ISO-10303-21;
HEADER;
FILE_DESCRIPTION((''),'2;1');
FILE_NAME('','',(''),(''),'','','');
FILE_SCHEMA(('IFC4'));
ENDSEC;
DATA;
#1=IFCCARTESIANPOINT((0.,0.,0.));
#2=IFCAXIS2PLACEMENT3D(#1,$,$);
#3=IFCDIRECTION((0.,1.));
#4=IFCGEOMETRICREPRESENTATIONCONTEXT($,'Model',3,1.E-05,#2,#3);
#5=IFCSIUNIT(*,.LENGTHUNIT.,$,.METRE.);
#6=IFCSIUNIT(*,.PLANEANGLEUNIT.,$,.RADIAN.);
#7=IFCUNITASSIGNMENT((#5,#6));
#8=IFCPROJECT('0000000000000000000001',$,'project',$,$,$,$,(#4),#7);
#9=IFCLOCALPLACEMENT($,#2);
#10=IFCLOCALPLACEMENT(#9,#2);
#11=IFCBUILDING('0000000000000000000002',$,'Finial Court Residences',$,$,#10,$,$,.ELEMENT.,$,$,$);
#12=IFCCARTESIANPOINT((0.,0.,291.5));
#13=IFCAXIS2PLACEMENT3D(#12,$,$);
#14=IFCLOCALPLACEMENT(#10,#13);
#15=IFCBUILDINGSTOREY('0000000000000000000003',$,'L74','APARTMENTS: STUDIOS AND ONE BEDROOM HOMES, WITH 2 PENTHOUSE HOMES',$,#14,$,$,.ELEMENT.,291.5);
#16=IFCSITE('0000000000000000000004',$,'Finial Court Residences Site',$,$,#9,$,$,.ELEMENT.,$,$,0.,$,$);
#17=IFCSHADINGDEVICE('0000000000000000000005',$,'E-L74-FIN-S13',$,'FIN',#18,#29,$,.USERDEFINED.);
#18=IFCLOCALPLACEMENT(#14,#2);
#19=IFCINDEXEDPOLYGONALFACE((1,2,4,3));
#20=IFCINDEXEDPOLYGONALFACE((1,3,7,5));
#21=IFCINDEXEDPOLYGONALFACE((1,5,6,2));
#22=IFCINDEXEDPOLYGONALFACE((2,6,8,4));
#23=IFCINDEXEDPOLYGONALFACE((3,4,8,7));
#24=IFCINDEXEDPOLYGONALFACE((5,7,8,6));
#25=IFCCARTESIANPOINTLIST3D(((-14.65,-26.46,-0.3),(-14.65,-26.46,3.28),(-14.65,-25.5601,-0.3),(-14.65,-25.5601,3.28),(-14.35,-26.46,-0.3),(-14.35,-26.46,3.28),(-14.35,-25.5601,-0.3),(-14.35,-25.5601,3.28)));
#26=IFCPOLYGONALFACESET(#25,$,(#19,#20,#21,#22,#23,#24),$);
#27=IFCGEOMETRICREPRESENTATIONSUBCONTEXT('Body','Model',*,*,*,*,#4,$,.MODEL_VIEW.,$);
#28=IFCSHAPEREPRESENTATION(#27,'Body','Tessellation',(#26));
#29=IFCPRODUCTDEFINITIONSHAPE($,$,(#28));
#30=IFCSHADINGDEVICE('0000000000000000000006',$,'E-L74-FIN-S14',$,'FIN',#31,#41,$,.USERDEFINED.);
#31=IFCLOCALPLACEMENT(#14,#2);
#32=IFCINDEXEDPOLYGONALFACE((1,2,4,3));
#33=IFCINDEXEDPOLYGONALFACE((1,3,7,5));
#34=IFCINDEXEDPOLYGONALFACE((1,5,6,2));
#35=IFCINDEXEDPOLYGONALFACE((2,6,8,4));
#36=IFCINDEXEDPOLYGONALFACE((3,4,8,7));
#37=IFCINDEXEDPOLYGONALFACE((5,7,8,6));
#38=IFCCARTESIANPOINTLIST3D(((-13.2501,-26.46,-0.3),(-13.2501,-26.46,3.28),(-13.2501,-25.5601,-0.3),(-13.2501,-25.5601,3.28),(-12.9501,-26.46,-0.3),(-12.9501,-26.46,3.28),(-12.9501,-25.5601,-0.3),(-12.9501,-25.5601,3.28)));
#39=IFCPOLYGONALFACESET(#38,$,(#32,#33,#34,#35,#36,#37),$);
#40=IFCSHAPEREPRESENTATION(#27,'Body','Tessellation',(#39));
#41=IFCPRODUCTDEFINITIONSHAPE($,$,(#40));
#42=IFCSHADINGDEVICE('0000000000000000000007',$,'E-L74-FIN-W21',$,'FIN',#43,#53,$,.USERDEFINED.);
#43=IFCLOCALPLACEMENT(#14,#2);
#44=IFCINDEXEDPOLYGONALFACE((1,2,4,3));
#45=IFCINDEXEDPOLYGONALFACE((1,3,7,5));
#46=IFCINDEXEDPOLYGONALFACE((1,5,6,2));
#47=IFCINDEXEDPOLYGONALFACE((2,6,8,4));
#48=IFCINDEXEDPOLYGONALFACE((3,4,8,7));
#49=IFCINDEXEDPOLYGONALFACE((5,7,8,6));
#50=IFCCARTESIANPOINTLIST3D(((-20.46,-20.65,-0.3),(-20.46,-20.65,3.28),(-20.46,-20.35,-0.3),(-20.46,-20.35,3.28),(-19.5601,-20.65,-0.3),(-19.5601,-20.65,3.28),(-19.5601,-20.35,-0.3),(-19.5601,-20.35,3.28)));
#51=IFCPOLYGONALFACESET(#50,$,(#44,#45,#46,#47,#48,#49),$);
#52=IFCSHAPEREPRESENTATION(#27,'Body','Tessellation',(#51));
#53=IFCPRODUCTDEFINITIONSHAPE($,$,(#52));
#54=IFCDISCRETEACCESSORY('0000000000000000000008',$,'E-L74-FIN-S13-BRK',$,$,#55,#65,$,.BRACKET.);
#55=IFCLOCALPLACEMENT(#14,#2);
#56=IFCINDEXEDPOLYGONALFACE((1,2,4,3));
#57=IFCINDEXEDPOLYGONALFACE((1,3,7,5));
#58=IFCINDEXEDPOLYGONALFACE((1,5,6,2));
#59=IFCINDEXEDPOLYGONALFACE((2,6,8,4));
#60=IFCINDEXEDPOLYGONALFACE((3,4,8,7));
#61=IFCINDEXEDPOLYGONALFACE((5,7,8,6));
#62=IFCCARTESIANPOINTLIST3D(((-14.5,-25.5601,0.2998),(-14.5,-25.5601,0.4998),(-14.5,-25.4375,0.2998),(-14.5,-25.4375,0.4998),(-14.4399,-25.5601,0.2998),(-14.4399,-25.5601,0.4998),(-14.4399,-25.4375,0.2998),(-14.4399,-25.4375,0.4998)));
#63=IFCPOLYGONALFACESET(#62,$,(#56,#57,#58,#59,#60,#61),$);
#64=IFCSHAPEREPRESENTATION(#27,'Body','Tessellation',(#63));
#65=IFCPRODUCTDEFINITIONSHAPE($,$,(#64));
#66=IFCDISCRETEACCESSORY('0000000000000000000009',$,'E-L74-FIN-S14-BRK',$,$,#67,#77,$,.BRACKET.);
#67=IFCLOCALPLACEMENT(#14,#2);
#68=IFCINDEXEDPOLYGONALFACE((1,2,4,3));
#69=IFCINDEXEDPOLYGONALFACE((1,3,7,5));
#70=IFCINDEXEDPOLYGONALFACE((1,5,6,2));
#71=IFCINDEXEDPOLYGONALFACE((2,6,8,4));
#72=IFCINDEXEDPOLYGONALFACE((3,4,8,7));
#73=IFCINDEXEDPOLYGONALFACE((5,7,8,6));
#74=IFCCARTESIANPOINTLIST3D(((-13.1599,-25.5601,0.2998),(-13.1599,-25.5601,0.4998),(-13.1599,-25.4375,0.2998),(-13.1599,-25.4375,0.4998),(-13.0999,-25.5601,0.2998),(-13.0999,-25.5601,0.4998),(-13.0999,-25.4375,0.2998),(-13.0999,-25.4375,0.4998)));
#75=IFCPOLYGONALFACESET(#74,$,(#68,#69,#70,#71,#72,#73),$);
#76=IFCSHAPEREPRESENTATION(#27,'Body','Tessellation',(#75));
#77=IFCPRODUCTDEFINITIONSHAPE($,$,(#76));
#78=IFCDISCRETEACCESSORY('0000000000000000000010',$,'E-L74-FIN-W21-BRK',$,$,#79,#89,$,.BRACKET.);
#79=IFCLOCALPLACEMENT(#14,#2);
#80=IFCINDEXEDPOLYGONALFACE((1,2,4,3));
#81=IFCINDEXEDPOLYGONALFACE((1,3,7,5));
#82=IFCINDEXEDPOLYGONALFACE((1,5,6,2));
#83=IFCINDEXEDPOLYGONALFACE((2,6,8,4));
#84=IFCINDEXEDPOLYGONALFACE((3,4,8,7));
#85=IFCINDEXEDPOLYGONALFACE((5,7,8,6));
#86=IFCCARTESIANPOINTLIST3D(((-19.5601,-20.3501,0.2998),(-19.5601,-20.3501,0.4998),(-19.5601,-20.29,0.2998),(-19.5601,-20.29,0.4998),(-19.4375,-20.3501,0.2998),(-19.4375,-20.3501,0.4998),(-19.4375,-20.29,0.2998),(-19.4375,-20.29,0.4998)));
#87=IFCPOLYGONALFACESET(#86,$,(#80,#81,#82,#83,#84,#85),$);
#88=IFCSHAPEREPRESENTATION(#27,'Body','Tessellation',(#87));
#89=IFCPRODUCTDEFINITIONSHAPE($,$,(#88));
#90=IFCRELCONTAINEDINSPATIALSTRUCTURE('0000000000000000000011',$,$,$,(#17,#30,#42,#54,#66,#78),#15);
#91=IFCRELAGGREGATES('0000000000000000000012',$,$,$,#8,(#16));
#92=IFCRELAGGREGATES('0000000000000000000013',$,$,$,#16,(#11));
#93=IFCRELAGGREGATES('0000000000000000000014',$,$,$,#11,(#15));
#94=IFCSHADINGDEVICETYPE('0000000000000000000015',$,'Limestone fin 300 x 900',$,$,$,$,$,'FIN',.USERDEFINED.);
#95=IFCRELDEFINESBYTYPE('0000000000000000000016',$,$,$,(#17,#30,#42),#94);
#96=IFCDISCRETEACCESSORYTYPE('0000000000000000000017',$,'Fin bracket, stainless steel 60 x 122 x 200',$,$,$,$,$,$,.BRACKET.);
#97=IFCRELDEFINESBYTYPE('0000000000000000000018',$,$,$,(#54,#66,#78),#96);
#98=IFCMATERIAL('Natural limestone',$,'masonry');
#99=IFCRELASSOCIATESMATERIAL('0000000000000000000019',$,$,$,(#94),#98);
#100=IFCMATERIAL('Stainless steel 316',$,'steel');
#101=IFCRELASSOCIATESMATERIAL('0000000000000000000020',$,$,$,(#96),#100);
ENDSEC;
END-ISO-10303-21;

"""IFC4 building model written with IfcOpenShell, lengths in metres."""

from ifc_helpers import new_model, si_unit, direction, frame, origin, origin_2d, place, context, subcontext, project, spatial, rectangle, extrude, material, type_object, element, save


model = new_model("IFC4")

# Units and contexts
model_context = context("Model", 3, precision=1e-05, world=origin(), true_north=direction((0.0, 1.0)))
body_context = subcontext(model_context, "Body", "Model", "MODEL_VIEW")
ifc_project = project(units=[si_unit("LENGTHUNIT", "METRE"), si_unit("PLANEANGLEUNIT", "RADIAN")], contexts=[model_context])

# Site, building, storey
site_placement = place(None, origin())
site = spatial("IfcSite", under=ifc_project, at=site_placement, Name="Finial Court Residences Site", CompositionType="ELEMENT", RefElevation=0.0)
building_placement = place(site_placement, origin())
building = spatial("IfcBuilding", under=site, at=building_placement, Name="Finial Court Residences", CompositionType="ELEMENT")
storey_placement = place(building_placement, frame((0.0, 0.0, 291.5)))
storey = spatial("IfcBuildingStorey", under=building, at=storey_placement, Name="L74", Description="APARTMENTS: STUDIOS AND ONE BEDROOM HOMES, WITH 2 PENTHOUSE HOMES", CompositionType="ELEMENT", Elevation=291.5)

# Shared definitions
ifc_material_1 = material(Name="Natural limestone", Category="masonry")

# Shading devices
shading_device_type = type_object("IfcShadingDeviceType", Name="Limestone fin 300 x 900", ElementType="FIN", PredefinedType="USERDEFINED", material=ifc_material_1)
for number, where, z_axis, x_axis, name in (
    (1, (-14.5, -26.01, -0.3), (0.0, 0.0, 1.0), (1.0, 0.0, 0.0), "E-L74-FIN-S13"),
    (2, (-13.1001, -26.01, -0.3), (0.0, 0.0, 1.0), (1.0, 0.0, 0.0), "E-L74-FIN-S14"),
):
    element("IfcShadingDevice", number, at=place(storey_placement, frame(where, z_axis=z_axis, x_axis=x_axis)), inside=storey, type_object=shading_device_type, Name=name, ObjectType="FIN", PredefinedType="USERDEFINED", context=body_context, shape_type="SweptSolid", body=[
        extrude(rectangle(XDim=0.3, YDim=0.8999, at=origin_2d()), origin(), (0.0, 0.0, 1.0), 3.5801),
    ])
shading_device_placement = place(storey_placement, frame((-20.01, -20.5, -0.3), z_axis=(0.0, 0.0, 1.0), x_axis=(1.0, 0.0, 0.0)))
element("IfcShadingDevice", 3, at=shading_device_placement, inside=storey, type_object=shading_device_type, Name="E-L74-FIN-W21", ObjectType="FIN", PredefinedType="USERDEFINED", context=body_context, shape_type="SweptSolid", body=[
    extrude(rectangle(XDim=0.8999, YDim=0.3, at=origin_2d()), origin(), (0.0, 0.0, 1.0), 3.5801),
])

# Discrete accessories
ifc_material_2 = material(Name="Stainless steel 316", Category="steel")
discrete_accessory_type = type_object("IfcDiscreteAccessoryType", Name="Fin bracket, stainless steel 60 x 122 x 200", PredefinedType="BRACKET", material=ifc_material_2)
for number, where, z_axis, x_axis, name in (
    (4, (-14.47, -25.4988, 0.2998), (0.0, 0.0, 1.0), (1.0, 0.0, 0.0), "E-L74-FIN-S13-BRK"),
    (5, (-13.1299, -25.4988, 0.2998), (0.0, 0.0, 1.0), (1.0, 0.0, 0.0), "E-L74-FIN-S14-BRK"),
):
    element("IfcDiscreteAccessory", number, at=place(storey_placement, frame(where, z_axis=z_axis, x_axis=x_axis)), inside=storey, type_object=discrete_accessory_type, Name=name, PredefinedType="BRACKET", context=body_context, shape_type="SweptSolid", body=[
        extrude(rectangle(XDim=0.0601, YDim=0.1226, at=origin_2d()), origin(), (0.0, 0.0, 1.0), 0.2),
    ])
discrete_accessory_placement = place(storey_placement, frame((-19.4988, -20.3201, 0.2998), z_axis=(0.0, 0.0, 1.0), x_axis=(1.0, 0.0, 0.0)))
element("IfcDiscreteAccessory", 6, at=discrete_accessory_placement, inside=storey, type_object=discrete_accessory_type, Name="E-L74-FIN-W21-BRK", PredefinedType="BRACKET", context=body_context, shape_type="SweptSolid", body=[
    extrude(rectangle(XDim=0.1226, YDim=0.0601, at=origin_2d()), origin(), (0.0, 0.0, 1.0), 0.2),
])

save(model, "model.ifc")
